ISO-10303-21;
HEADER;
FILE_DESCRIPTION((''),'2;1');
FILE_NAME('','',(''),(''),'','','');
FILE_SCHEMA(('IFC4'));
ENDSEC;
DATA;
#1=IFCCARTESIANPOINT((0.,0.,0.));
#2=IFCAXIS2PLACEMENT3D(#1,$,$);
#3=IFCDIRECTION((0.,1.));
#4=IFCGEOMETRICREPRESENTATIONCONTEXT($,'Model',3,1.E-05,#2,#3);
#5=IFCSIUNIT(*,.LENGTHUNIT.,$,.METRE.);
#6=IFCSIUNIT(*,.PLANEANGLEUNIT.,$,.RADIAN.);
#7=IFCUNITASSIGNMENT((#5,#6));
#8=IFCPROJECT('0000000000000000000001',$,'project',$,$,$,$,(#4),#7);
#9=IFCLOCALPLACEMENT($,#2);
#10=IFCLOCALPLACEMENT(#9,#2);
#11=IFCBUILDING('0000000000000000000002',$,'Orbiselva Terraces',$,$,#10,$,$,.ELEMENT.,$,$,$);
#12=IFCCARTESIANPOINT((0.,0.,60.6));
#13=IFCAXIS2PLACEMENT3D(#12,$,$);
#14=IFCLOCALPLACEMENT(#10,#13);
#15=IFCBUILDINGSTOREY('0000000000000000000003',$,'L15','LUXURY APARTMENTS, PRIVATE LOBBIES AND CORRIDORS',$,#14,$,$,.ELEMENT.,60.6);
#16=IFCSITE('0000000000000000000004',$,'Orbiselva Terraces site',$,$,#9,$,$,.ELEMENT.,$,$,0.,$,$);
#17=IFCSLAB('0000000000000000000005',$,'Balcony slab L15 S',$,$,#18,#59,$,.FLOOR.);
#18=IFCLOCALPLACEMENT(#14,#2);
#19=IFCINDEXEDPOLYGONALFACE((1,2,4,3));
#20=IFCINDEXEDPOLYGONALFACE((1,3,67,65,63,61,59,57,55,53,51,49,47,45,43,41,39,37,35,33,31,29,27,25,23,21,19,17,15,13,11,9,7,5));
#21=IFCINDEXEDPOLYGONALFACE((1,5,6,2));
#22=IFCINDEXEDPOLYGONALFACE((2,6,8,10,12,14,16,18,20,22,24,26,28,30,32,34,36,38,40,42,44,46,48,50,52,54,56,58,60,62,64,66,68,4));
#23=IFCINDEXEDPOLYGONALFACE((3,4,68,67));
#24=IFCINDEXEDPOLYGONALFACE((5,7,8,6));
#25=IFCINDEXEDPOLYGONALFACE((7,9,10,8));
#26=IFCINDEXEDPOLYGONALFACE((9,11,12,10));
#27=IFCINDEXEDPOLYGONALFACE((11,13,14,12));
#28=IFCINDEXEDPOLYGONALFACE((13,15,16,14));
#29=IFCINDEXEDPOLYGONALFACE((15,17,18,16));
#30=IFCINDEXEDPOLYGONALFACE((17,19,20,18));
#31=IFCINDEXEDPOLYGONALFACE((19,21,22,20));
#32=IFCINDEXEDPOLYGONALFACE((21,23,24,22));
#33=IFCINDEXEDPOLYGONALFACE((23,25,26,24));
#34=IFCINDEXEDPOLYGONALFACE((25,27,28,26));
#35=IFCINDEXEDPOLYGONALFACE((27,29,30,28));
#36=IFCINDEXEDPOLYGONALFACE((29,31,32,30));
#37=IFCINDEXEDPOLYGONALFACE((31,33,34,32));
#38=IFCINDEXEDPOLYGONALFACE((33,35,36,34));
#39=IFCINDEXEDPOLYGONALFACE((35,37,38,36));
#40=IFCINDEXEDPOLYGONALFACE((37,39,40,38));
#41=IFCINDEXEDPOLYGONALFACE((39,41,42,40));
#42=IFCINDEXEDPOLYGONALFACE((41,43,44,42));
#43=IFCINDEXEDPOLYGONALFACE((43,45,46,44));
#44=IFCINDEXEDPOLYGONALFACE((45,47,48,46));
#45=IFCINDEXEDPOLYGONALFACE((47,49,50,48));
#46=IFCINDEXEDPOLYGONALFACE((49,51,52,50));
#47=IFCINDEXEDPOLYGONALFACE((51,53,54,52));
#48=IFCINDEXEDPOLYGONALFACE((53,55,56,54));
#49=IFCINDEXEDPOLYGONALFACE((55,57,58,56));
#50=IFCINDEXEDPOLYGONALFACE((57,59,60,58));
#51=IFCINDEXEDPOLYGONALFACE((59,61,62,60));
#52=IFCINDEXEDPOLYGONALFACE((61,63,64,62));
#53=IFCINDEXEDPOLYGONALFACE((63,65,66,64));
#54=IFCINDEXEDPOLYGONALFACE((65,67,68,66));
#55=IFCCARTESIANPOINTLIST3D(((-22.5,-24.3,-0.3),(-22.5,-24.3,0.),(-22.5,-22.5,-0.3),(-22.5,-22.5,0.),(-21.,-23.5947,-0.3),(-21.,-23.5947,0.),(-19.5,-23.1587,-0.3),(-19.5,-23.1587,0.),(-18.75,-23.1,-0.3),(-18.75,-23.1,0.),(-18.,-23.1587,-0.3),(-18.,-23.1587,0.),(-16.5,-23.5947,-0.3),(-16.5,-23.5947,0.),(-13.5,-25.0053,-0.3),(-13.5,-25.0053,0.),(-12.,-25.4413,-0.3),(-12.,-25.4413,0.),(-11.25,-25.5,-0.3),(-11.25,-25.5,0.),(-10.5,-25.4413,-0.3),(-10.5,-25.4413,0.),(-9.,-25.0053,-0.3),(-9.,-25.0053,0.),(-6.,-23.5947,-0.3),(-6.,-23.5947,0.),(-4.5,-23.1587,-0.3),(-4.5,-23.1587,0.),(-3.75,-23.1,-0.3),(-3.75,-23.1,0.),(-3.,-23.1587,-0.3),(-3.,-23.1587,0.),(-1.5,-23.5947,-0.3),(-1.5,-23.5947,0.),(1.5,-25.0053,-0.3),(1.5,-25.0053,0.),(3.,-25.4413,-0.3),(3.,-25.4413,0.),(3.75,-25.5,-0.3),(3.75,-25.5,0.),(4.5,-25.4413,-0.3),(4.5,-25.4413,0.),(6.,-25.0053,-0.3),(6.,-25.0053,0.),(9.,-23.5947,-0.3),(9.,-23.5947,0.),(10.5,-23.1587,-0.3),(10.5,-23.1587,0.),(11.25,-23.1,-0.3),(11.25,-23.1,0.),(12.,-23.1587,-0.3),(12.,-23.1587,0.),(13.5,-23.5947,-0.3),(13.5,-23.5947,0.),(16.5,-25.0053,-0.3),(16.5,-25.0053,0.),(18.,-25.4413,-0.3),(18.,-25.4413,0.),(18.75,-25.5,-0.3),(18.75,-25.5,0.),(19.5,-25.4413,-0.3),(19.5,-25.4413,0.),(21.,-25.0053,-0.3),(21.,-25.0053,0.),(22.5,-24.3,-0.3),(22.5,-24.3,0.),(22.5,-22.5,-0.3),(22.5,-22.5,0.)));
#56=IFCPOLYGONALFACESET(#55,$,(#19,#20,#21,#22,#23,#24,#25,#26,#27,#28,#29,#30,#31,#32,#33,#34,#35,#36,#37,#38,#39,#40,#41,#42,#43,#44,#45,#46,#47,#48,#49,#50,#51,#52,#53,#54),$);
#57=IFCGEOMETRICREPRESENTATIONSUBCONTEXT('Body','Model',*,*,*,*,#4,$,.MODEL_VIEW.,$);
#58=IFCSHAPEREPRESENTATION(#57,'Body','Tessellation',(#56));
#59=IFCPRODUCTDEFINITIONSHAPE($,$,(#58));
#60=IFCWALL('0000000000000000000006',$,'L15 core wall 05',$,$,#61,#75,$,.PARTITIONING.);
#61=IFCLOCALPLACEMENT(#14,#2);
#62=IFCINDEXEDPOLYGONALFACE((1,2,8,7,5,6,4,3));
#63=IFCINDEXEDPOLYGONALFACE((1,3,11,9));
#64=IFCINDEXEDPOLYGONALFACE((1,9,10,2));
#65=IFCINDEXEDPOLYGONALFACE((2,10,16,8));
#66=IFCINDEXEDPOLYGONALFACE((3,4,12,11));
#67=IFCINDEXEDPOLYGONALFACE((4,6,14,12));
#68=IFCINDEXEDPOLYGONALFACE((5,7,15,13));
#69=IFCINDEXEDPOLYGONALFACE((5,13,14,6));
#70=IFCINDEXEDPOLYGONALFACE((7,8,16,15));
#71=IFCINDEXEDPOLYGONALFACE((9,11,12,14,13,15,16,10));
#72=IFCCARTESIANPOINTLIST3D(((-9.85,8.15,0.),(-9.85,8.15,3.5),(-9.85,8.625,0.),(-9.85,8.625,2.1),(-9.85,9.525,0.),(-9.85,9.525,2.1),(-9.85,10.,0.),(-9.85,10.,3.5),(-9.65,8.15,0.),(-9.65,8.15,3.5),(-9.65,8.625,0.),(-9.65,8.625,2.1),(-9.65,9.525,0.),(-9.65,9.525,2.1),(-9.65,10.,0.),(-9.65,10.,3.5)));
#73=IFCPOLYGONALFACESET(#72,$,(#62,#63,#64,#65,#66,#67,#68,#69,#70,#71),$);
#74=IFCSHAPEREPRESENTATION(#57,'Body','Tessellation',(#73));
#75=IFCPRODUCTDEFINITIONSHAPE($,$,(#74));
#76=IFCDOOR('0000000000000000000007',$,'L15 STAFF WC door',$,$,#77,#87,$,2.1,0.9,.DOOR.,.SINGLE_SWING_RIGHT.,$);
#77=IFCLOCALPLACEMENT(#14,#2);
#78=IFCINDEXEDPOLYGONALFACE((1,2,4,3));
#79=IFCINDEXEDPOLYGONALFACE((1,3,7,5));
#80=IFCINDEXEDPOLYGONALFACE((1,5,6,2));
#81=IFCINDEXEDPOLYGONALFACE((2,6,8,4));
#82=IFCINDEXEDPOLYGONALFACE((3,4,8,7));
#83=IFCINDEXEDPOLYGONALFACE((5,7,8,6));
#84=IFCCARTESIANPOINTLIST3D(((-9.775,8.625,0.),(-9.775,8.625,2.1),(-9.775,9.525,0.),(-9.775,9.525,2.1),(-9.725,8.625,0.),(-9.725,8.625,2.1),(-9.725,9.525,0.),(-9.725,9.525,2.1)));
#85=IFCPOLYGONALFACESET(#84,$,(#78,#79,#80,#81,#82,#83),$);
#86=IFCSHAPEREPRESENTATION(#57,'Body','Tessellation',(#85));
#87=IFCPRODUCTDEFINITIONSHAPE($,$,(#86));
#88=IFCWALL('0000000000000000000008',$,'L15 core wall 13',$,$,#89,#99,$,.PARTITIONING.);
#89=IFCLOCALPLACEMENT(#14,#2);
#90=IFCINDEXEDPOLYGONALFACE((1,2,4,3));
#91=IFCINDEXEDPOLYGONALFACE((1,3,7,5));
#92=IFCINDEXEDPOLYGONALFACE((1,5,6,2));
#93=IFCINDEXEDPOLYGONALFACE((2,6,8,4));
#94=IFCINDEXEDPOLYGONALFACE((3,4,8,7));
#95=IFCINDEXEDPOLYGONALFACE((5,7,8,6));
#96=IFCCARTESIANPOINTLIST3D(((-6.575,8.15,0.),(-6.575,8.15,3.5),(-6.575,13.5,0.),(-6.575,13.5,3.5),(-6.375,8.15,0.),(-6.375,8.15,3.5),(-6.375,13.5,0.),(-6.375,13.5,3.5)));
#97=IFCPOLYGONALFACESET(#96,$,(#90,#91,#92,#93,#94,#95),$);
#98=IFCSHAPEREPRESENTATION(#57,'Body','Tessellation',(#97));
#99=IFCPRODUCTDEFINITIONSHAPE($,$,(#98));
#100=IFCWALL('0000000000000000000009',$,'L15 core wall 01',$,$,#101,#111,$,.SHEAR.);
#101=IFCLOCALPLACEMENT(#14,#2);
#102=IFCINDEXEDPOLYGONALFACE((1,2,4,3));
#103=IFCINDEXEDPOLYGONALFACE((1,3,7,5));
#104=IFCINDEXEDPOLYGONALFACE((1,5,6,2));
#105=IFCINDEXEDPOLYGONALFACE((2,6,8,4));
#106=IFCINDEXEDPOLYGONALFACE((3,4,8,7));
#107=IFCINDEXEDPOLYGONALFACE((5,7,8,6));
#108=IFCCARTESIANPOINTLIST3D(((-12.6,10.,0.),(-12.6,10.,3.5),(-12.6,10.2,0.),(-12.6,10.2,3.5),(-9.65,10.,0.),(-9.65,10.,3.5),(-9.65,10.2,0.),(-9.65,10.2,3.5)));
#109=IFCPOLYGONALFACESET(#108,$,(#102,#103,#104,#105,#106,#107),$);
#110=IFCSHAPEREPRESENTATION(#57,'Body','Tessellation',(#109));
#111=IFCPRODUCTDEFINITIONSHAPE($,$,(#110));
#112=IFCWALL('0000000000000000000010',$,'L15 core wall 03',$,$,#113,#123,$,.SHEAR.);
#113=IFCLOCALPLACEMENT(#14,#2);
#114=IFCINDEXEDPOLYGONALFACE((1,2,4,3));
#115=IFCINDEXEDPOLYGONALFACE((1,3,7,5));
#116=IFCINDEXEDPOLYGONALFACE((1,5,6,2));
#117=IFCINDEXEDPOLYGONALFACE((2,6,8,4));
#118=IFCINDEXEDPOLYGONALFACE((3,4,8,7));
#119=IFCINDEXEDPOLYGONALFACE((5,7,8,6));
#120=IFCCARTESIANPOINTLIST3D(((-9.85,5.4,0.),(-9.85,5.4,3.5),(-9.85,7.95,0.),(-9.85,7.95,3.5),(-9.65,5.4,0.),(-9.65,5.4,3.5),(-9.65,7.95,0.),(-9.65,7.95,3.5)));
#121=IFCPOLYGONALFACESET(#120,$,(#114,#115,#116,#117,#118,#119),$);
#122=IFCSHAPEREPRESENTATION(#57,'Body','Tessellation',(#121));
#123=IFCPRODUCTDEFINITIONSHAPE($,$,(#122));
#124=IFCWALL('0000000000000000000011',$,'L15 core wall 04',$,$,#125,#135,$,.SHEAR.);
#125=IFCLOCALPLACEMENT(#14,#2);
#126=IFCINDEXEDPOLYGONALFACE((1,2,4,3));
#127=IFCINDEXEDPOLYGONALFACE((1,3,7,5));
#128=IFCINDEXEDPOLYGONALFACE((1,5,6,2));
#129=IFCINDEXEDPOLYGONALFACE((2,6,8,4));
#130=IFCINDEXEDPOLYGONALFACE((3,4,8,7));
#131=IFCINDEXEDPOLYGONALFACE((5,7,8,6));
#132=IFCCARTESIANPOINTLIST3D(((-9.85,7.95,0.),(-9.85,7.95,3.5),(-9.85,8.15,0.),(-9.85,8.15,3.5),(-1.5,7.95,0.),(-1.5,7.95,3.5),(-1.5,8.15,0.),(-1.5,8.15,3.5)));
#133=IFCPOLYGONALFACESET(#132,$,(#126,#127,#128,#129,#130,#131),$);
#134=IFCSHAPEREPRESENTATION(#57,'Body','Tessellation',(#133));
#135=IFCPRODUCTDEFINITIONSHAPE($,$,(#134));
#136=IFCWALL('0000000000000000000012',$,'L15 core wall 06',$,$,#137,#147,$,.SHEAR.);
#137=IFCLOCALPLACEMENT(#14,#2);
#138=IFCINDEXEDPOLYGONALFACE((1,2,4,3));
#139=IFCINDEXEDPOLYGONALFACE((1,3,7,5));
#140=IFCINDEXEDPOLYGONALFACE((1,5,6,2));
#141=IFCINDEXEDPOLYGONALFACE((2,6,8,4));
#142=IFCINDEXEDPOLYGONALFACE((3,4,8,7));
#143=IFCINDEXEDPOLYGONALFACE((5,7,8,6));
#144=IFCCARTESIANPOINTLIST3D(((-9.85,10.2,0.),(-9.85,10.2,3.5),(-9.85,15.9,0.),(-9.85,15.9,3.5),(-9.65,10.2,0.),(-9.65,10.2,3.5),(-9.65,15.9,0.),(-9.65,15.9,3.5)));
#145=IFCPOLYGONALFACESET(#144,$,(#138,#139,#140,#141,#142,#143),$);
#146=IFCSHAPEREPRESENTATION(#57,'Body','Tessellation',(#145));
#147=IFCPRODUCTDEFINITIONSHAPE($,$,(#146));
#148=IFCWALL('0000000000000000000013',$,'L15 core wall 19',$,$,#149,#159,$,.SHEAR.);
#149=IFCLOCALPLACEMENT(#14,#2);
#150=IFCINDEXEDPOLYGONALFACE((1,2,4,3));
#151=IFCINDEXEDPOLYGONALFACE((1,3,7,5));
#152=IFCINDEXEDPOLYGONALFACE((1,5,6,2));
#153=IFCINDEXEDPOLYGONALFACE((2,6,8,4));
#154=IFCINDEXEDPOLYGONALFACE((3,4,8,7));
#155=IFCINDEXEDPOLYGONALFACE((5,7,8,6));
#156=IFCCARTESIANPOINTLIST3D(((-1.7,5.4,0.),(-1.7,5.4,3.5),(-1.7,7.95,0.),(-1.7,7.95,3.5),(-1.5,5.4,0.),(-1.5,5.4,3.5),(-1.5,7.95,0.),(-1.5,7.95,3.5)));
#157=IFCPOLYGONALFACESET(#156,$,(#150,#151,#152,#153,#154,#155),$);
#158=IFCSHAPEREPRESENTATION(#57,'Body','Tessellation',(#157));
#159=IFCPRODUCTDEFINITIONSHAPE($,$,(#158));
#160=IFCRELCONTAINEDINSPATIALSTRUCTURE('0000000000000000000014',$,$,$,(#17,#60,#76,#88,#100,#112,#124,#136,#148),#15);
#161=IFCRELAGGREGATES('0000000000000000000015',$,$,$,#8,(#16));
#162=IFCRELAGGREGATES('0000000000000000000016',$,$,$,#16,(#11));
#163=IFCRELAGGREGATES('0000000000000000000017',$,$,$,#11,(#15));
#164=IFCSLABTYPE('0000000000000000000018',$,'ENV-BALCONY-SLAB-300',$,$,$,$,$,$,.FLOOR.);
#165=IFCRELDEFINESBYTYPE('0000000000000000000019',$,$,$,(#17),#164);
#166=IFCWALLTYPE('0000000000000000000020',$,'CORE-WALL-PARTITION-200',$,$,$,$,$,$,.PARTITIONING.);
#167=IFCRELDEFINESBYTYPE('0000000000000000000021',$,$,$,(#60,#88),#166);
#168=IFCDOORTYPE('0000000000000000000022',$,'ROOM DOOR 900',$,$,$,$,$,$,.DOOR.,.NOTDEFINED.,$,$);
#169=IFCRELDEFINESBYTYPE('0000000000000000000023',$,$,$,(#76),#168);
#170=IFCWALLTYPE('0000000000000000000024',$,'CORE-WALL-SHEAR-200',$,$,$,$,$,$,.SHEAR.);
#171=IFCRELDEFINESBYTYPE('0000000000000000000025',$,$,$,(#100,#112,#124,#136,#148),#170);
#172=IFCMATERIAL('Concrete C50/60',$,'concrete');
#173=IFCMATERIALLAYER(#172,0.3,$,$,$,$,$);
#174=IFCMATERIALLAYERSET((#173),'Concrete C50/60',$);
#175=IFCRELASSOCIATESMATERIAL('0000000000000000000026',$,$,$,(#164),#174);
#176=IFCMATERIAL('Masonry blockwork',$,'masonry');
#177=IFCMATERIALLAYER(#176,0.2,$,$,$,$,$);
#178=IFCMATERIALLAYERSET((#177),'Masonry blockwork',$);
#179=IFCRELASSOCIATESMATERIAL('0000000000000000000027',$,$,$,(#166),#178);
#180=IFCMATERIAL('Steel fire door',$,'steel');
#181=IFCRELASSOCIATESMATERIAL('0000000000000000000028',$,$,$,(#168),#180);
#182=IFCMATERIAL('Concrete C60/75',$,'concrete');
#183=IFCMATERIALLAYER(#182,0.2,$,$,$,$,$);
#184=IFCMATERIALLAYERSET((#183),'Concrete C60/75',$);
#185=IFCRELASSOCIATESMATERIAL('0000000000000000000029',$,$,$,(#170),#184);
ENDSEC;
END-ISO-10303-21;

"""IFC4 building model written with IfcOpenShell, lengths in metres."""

from ifc_helpers import new_model, si_unit, direction, frame, frame_2d, origin, place, context, subcontext, project, spatial, polyline, rectangle, outline, extrude, material, layer, layer_set, type_object, element, fill, save


model = new_model("IFC4")

# Units and contexts
model_context = context("Model", 3, precision=1e-05, world=origin(), true_north=direction((0.0, 1.0)))
body_context = subcontext(model_context, "Body", "Model", "MODEL_VIEW")
ifc_project = project(units=[si_unit("LENGTHUNIT", "METRE"), si_unit("PLANEANGLEUNIT", "RADIAN")], contexts=[model_context])

# Site, building, storey
site_placement = place(None, origin())
site = spatial("IfcSite", under=ifc_project, at=site_placement, Name="Orbiselva Terraces site", CompositionType="ELEMENT", RefElevation=0.0)
building_placement = place(site_placement, origin())
building = spatial("IfcBuilding", under=site, at=building_placement, Name="Orbiselva Terraces", CompositionType="ELEMENT")
storey_placement = place(building_placement, frame((0.0, 0.0, 60.6)))
storey = spatial("IfcBuildingStorey", under=building, at=storey_placement, Name="L15", Description="LUXURY APARTMENTS, PRIVATE LOBBIES AND CORRIDORS", CompositionType="ELEMENT", Elevation=60.6)

# Slab
ifc_material_1 = material(Name="Concrete C50/60", Category="concrete")
ifc_layer_1 = layer(ifc_material_1, 0.3)
ifc_layer_set_1 = layer_set([ifc_layer_1], Name="Concrete C50/60")
slab_type = type_object("IfcSlabType", Name="ENV-BALCONY-SLAB-300", PredefinedType="FLOOR", material=ifc_layer_set_1)
slab_placement = place(storey_placement, frame((0.0, 0.0, -0.3)))
element("IfcSlab", 1, at=slab_placement, inside=storey, type_object=slab_type, Name="Balcony slab L15 S", PredefinedType="FLOOR", context=body_context, shape_type="SweptSolid", body=[
    extrude(outline(polyline([(-22.5, -24.3), (-21.0, -23.5947), (-19.5, -23.1587), (-18.75, -23.1), (-18.0, -23.1587), (-16.5, -23.5947), (-13.5, -25.0053), (-12.0, -25.4413), (-11.25, -25.5), (-10.5, -25.4413), (-9.0, -25.0053), (-6.0, -23.5947), (-4.5, -23.1587), (-3.75, -23.1), (-3.0, -23.1587), (-1.5, -23.5947), (1.5, -25.0053), (3.0, -25.4413), (3.75, -25.5), (4.5, -25.4413), (6.0, -25.0053), (9.0, -23.5947), (10.5, -23.1587), (11.25, -23.1), (12.0, -23.1587), (13.5, -23.5947), (16.5, -25.0053), (18.0, -25.4413), (18.75, -25.5), (19.5, -25.4413), (21.0, -25.0053), (22.5, -24.3), (22.5, -22.5), (-22.5, -22.5), (-22.5, -24.3)])), origin(), (0.0, 0.0, 1.0), 0.3),
])

# Wall, opening, door
ifc_material_2 = material(Name="Masonry blockwork", Category="masonry")
ifc_layer_2 = layer(ifc_material_2, 0.2)
ifc_layer_set_2 = layer_set([ifc_layer_2], Name="Masonry blockwork")
wall_type_1 = type_object("IfcWallType", Name="CORE-WALL-PARTITION-200", PredefinedType="PARTITIONING", material=ifc_layer_set_2)
wall_1_placement = place(storey_placement, frame((-9.75, 8.15, 0.0), z_axis=(0.0, 0.0, 1.0), x_axis=(0.0, 1.0, 0.0)))
wall_1 = element("IfcWall", 2, at=wall_1_placement, inside=storey, type_object=wall_type_1, Name="L15 core wall 05", PredefinedType="PARTITIONING", context=body_context, shape_type="SweptSolid", body=[
    extrude(rectangle(XDim=1.85, YDim=0.2, at=frame_2d((0.925, 0.0))), origin(), (0.0, 0.0, 1.0), 3.5),
])
opening_1_placement = place(wall_1_placement, frame((0.475, 0.0, 0.0)))
opening_1 = element("IfcOpeningElement", 3, at=opening_1_placement, cuts=wall_1, PredefinedType="OPENING", context=body_context, shape_type="SweptSolid", body=[
    extrude(rectangle(XDim=0.9, YDim=2.1, at=frame_2d((0.45, 1.05))), frame((0.0, 0.11, 0.0), z_axis=(0.0, -1.0, 0.0), x_axis=(1.0, 0.0, 0.0)), (0.0, 0.0, 1.0), 0.22),
])
ifc_material_3 = material(Name="Steel fire door", Category="steel")
door_type = type_object("IfcDoorType", Name="ROOM DOOR 900", OperationType="NOTDEFINED", PredefinedType="DOOR", material=ifc_material_3)
door_1_placement = place(opening_1_placement, origin())
door_1 = element("IfcDoor", 4, at=door_1_placement, inside=storey, type_object=door_type, Name="L15 STAFF WC door", OperationType="SINGLE_SWING_RIGHT", OverallHeight=2.1, OverallWidth=0.9, PredefinedType="DOOR", context=body_context, shape_type="SweptSolid", body=[
    extrude(rectangle(XDim=0.9, YDim=2.1, at=frame_2d((0.45, 1.05))), frame((0.0, 0.025, 0.0), z_axis=(0.0, -1.0, 0.0), x_axis=(1.0, 0.0, 0.0)), (0.0, 0.0, 1.0), 0.05),
])
fill(opening_1, door_1)

# Walls
wall_2_placement = place(storey_placement, frame((-6.475, 8.15, 0.0), z_axis=(0.0, 0.0, 1.0), x_axis=(0.0, 1.0, 0.0)))
element("IfcWall", 5, at=wall_2_placement, inside=storey, type_object=wall_type_1, Name="L15 core wall 13", PredefinedType="PARTITIONING", context=body_context, shape_type="SweptSolid", body=[
    extrude(rectangle(XDim=5.35, YDim=0.2, at=frame_2d((2.675, 0.0))), origin(), (0.0, 0.0, 1.0), 3.5),
])
ifc_material_4 = material(Name="Concrete C60/75", Category="concrete")
ifc_layer_3 = layer(ifc_material_4, 0.2)
ifc_layer_set_3 = layer_set([ifc_layer_3], Name="Concrete C60/75")
wall_type_2 = type_object("IfcWallType", Name="CORE-WALL-SHEAR-200", PredefinedType="SHEAR", material=ifc_layer_set_3)
wall_3_placement = place(storey_placement, frame((-12.6, 10.1, 0.0), z_axis=(0.0, 0.0, 1.0), x_axis=(1.0, 0.0, 0.0)))
element("IfcWall", 6, at=wall_3_placement, inside=storey, type_object=wall_type_2, Name="L15 core wall 01", PredefinedType="SHEAR", context=body_context, shape_type="SweptSolid", body=[
    extrude(rectangle(XDim=2.95, YDim=0.2, at=frame_2d((1.475, 0.0))), origin(), (0.0, 0.0, 1.0), 3.5),
])
wall_4_placement = place(storey_placement, frame((-9.75, 5.4, 0.0), z_axis=(0.0, 0.0, 1.0), x_axis=(0.0, 1.0, 0.0)))
element("IfcWall", 7, at=wall_4_placement, inside=storey, type_object=wall_type_2, Name="L15 core wall 03", PredefinedType="SHEAR", context=body_context, shape_type="SweptSolid", body=[
    extrude(rectangle(XDim=2.55, YDim=0.2, at=frame_2d((1.275, 0.0))), origin(), (0.0, 0.0, 1.0), 3.5),
])
wall_5_placement = place(storey_placement, frame((-9.85, 8.05, 0.0), z_axis=(0.0, 0.0, 1.0), x_axis=(1.0, 0.0, 0.0)))
element("IfcWall", 8, at=wall_5_placement, inside=storey, type_object=wall_type_2, Name="L15 core wall 04", PredefinedType="SHEAR", context=body_context, shape_type="SweptSolid", body=[
    extrude(rectangle(XDim=8.35, YDim=0.2, at=frame_2d((4.175, 0.0))), origin(), (0.0, 0.0, 1.0), 3.5),
])
wall_6_placement = place(storey_placement, frame((-9.75, 10.2, 0.0), z_axis=(0.0, 0.0, 1.0), x_axis=(0.0, 1.0, 0.0)))
element("IfcWall", 9, at=wall_6_placement, inside=storey, type_object=wall_type_2, Name="L15 core wall 06", PredefinedType="SHEAR", context=body_context, shape_type="SweptSolid", body=[
    extrude(rectangle(XDim=5.7, YDim=0.2, at=frame_2d((2.85, 0.0))), origin(), (0.0, 0.0, 1.0), 3.5),
])
wall_7_placement = place(storey_placement, frame((-1.6, 5.4, 0.0), z_axis=(0.0, 0.0, 1.0), x_axis=(0.0, 1.0, 0.0)))
element("IfcWall", 10, at=wall_7_placement, inside=storey, type_object=wall_type_2, Name="L15 core wall 19", PredefinedType="SHEAR", context=body_context, shape_type="SweptSolid", body=[
    extrude(rectangle(XDim=2.55, YDim=0.2, at=frame_2d((1.275, 0.0))), origin(), (0.0, 0.0, 1.0), 3.5),
])

save(model, "model.ifc")
